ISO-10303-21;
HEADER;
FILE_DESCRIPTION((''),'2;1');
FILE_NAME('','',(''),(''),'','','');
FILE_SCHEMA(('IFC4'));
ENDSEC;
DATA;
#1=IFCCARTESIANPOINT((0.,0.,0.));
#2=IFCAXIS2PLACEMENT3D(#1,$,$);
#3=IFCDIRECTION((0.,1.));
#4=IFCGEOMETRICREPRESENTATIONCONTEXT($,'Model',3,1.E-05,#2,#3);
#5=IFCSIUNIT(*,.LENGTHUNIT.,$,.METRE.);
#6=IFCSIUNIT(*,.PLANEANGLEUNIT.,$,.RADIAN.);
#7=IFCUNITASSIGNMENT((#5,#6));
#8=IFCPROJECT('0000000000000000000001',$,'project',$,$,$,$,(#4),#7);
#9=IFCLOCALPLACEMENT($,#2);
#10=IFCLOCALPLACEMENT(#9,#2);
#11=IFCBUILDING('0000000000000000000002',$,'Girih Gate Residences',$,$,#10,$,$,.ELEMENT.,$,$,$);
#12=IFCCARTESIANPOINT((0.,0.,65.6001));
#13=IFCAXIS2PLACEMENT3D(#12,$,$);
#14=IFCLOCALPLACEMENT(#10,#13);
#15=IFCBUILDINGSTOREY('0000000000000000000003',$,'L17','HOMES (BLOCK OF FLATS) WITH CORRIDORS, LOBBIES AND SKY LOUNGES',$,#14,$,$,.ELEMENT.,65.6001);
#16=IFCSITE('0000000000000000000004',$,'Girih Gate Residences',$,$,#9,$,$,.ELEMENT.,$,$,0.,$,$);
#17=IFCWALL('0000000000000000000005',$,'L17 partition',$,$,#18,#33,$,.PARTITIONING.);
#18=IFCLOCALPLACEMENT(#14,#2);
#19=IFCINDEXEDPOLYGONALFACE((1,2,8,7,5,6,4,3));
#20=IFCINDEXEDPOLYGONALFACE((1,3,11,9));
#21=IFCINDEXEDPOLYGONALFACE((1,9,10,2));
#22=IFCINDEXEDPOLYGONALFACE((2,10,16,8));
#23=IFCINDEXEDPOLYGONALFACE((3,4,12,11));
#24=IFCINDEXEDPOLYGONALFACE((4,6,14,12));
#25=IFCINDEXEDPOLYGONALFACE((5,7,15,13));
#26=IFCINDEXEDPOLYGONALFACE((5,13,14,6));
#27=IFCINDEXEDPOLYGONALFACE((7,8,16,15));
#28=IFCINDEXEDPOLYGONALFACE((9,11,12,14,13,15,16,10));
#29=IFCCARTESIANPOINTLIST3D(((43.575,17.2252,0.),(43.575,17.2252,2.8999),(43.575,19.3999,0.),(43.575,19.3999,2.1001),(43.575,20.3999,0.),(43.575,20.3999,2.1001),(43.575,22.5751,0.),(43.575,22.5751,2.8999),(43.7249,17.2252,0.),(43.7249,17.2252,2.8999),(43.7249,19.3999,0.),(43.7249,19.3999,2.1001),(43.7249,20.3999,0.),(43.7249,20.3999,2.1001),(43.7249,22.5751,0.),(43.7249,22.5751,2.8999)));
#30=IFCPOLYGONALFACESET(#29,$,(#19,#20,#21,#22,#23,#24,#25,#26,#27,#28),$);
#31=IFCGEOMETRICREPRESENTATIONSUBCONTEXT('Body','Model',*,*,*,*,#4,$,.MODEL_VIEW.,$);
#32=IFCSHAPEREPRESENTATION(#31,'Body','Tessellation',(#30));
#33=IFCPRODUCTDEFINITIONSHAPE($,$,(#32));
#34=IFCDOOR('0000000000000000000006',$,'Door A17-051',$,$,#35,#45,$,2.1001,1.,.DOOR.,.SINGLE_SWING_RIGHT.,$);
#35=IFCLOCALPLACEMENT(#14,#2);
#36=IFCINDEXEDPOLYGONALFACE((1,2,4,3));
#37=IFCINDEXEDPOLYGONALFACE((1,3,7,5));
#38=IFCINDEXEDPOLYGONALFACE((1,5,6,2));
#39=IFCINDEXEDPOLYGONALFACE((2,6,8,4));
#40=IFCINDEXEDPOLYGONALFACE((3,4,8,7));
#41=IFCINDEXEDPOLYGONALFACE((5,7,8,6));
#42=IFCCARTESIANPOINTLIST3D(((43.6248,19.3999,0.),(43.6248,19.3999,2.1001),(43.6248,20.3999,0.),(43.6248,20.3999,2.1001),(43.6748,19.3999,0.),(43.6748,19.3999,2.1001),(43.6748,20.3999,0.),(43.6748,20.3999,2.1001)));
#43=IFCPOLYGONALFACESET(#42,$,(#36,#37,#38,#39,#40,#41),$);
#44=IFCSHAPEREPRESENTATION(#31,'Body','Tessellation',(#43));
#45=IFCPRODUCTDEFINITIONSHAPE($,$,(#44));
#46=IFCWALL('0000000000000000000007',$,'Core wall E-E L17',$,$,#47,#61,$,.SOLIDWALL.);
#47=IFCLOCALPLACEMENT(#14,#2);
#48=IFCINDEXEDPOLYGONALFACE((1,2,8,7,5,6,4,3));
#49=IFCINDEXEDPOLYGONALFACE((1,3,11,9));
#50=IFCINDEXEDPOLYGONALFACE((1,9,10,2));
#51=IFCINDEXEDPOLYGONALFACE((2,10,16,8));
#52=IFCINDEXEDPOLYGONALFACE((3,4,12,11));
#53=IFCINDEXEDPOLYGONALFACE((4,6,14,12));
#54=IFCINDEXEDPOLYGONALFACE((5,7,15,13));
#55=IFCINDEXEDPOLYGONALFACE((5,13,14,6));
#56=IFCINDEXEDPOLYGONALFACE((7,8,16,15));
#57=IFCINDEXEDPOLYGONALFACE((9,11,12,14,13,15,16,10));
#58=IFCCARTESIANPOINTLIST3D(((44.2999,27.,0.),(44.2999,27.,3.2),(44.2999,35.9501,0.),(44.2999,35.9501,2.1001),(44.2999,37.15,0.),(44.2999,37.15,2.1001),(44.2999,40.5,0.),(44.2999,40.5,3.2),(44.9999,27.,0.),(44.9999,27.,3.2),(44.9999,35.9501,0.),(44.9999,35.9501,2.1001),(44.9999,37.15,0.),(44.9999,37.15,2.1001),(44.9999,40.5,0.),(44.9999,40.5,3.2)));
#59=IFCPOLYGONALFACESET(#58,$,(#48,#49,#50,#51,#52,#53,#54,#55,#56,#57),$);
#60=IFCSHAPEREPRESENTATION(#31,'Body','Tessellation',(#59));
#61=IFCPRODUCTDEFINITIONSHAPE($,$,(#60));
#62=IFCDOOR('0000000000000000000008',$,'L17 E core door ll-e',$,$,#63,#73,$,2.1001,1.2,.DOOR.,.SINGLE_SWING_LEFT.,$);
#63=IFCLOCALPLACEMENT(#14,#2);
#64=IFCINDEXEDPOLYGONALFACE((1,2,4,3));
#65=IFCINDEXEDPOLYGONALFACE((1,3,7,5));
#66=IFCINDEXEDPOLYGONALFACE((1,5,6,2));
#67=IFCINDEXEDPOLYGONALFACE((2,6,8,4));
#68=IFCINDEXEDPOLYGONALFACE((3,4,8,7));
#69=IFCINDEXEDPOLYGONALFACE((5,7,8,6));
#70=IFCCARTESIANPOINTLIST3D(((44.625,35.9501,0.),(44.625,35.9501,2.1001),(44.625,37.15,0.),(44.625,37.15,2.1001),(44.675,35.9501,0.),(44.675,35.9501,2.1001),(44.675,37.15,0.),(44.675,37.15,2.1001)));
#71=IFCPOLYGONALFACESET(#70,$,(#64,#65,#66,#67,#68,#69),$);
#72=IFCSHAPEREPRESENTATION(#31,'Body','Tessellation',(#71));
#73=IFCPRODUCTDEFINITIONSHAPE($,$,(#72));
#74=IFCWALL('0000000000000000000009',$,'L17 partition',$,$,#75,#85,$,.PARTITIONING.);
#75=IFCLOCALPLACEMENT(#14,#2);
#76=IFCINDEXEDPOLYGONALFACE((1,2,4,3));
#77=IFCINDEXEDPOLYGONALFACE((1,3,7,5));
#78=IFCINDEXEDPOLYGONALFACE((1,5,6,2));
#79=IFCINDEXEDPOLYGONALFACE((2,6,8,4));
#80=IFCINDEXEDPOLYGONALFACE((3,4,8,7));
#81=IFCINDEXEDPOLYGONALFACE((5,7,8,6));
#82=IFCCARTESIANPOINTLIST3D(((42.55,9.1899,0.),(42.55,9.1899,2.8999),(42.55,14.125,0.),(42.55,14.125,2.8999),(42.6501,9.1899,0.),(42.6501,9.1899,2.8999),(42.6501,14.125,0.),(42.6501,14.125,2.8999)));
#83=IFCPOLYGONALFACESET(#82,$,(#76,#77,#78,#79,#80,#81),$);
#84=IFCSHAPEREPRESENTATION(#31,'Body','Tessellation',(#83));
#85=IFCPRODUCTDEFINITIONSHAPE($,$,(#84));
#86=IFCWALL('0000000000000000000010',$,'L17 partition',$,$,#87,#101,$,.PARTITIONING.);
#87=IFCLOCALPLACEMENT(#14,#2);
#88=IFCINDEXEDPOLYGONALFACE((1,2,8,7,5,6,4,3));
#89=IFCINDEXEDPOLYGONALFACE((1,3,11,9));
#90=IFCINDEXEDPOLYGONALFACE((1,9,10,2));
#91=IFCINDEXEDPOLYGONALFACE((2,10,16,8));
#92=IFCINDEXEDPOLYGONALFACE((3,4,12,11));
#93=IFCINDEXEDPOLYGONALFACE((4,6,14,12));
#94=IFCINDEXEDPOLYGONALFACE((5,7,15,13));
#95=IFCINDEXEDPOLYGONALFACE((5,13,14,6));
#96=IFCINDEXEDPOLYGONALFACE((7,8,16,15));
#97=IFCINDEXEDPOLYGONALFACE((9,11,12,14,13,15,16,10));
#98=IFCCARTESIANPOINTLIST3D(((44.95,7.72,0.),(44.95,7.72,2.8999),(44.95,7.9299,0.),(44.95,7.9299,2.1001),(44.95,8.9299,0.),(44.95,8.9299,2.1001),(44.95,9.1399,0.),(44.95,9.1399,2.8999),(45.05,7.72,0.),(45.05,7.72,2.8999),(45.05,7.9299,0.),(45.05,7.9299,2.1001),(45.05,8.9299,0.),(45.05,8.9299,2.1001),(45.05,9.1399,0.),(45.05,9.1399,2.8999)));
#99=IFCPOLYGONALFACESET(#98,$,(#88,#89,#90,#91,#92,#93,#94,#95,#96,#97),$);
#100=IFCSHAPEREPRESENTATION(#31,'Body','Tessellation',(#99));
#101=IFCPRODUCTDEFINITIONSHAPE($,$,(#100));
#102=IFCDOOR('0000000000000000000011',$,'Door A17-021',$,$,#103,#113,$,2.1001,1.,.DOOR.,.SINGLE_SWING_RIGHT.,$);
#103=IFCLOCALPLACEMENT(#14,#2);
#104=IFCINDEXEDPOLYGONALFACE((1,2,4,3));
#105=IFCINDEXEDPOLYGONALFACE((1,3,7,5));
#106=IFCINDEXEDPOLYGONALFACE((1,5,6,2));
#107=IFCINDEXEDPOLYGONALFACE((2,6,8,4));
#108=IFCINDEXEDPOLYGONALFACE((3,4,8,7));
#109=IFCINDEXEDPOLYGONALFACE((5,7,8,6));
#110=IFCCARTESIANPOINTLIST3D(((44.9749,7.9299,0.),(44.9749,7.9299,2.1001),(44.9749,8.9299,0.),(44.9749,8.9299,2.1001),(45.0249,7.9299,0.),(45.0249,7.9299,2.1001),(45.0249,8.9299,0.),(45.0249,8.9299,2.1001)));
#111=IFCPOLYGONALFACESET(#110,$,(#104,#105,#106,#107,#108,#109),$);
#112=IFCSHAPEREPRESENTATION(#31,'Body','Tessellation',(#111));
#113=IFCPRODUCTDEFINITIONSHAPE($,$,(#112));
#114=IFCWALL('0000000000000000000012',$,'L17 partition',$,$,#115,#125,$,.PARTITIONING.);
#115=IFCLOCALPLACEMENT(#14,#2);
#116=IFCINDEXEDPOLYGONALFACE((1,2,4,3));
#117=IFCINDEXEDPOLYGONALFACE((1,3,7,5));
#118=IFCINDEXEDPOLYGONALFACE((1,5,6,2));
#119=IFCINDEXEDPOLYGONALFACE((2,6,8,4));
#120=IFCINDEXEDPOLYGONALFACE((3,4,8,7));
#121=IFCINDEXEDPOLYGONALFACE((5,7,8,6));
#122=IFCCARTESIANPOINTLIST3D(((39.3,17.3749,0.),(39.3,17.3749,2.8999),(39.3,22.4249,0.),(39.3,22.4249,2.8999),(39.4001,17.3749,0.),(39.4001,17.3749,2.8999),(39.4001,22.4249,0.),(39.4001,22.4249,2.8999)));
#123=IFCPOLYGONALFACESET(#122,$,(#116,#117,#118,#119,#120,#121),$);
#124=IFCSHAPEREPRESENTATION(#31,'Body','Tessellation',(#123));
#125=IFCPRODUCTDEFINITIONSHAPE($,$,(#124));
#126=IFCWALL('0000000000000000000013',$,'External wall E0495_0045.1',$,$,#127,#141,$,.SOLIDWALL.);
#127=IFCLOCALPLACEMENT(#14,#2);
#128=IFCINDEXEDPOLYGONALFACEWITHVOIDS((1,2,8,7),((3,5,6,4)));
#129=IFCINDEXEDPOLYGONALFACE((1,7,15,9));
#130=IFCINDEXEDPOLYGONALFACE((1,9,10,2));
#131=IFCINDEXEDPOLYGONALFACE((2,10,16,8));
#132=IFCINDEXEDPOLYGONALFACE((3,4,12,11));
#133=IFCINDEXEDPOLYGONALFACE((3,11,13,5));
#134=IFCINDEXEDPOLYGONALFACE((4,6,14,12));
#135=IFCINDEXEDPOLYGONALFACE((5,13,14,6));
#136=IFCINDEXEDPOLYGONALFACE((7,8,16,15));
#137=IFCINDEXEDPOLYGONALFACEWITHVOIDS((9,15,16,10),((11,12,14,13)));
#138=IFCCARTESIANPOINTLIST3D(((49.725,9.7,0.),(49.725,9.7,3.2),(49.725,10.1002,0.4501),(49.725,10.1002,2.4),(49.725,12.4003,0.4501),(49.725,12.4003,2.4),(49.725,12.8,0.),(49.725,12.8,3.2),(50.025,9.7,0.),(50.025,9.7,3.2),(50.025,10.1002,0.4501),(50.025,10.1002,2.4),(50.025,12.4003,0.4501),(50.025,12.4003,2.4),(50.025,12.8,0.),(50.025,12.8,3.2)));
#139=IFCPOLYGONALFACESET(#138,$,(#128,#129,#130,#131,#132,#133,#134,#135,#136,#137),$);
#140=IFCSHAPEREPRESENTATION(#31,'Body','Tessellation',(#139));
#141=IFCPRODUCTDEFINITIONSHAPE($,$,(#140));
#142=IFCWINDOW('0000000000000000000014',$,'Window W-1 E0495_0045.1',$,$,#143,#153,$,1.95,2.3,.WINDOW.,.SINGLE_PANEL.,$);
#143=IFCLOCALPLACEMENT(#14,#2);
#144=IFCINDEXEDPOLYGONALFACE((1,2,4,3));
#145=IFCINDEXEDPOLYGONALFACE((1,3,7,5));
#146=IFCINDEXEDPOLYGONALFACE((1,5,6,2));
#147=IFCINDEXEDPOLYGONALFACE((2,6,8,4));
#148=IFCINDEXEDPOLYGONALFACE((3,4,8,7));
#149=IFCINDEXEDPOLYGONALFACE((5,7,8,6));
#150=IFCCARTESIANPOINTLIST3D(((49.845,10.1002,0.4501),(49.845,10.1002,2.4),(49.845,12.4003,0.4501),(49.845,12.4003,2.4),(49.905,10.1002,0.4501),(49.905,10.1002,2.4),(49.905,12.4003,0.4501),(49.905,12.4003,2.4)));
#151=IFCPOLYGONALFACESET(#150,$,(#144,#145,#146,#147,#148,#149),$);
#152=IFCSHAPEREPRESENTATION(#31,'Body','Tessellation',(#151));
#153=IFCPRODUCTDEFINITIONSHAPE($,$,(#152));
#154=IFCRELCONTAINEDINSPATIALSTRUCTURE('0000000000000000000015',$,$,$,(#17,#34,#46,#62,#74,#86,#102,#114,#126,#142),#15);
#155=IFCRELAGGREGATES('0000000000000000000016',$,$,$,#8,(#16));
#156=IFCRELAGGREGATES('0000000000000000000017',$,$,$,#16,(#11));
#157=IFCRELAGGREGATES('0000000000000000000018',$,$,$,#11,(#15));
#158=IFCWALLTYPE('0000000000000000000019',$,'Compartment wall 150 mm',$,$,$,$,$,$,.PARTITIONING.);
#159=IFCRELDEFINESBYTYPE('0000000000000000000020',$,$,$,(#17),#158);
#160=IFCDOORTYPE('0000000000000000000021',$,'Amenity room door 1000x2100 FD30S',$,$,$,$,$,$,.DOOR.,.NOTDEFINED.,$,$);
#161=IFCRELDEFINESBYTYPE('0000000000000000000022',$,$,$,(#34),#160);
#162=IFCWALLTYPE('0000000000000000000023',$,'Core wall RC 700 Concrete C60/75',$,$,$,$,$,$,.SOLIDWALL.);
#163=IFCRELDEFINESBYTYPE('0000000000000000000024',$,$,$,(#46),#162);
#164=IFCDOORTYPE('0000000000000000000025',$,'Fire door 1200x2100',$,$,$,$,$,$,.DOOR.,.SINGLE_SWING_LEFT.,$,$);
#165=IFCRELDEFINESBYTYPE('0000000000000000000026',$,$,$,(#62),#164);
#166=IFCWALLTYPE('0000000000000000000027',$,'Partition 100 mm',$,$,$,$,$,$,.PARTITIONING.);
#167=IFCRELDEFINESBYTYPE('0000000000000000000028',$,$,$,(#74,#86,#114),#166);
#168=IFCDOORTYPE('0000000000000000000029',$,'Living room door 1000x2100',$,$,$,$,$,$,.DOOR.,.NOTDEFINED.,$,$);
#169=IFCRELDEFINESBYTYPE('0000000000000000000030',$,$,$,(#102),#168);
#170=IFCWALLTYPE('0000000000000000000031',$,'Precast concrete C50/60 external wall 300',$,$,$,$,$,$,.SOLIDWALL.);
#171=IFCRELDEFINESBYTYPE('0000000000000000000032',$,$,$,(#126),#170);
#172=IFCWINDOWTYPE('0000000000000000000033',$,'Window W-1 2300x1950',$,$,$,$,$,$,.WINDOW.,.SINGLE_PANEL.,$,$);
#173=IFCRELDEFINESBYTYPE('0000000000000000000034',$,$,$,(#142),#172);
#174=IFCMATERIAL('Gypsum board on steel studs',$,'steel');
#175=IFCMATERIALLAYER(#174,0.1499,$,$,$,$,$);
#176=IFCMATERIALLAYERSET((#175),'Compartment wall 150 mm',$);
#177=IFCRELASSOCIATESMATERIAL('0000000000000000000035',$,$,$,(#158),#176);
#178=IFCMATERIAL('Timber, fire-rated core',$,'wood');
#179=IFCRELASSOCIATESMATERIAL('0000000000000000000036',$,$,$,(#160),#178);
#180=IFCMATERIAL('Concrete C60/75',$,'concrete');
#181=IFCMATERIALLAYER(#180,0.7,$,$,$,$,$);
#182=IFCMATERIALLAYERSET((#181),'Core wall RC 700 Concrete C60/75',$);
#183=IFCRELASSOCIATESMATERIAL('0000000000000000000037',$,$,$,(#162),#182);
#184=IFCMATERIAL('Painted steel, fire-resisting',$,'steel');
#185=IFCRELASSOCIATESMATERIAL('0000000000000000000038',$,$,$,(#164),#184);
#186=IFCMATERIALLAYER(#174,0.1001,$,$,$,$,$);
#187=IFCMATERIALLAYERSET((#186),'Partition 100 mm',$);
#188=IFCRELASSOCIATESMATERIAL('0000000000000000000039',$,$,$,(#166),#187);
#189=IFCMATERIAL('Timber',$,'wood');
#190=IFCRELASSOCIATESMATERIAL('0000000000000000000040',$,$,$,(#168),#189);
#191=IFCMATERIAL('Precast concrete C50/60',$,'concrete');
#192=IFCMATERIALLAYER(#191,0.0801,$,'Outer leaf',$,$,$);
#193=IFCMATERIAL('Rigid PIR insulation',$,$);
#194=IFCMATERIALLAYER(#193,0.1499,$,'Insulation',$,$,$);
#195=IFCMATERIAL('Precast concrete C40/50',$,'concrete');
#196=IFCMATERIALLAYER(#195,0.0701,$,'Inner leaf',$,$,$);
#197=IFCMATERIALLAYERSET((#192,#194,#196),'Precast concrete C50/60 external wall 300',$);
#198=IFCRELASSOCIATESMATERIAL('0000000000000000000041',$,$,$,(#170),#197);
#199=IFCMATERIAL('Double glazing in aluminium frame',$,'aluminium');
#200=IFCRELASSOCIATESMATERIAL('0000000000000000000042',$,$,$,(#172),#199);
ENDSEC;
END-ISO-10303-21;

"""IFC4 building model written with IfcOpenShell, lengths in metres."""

from ifc_helpers import new_model, si_unit, direction, frame, frame_2d, origin, place, context, subcontext, project, spatial, rectangle, extrude, material, layer, layer_set, type_object, element, fill, save


model = new_model("IFC4")

# Units and contexts
model_context = context("Model", 3, precision=1e-05, world=origin(), true_north=direction((0.0, 1.0)))
body_context = subcontext(model_context, "Body", "Model", "MODEL_VIEW")
ifc_project = project(units=[si_unit("LENGTHUNIT", "METRE"), si_unit("PLANEANGLEUNIT", "RADIAN")], contexts=[model_context])

# Site, building, storey
site_placement = place(None, origin())
site = spatial("IfcSite", under=ifc_project, at=site_placement, Name="Girih Gate Residences", CompositionType="ELEMENT", RefElevation=0.0)
building_placement = place(site_placement, origin())
building = spatial("IfcBuilding", under=site, at=building_placement, Name="Girih Gate Residences", CompositionType="ELEMENT")
storey_placement = place(building_placement, frame((0.0, 0.0, 65.6001)))
storey = spatial("IfcBuildingStorey", under=building, at=storey_placement, Name="L17", Description="HOMES (BLOCK OF FLATS) WITH CORRIDORS, LOBBIES AND SKY LOUNGES", CompositionType="ELEMENT", Elevation=65.6001)

# Shared definitions
ifc_material_1 = material(Name="Concrete C60/75", Category="concrete")

# Shared definitions
ifc_material_2 = material(Name="Gypsum board on steel studs", Category="steel")
ifc_layer_1 = layer(ifc_material_2, 0.1499)
ifc_layer_set_1 = layer_set([ifc_layer_1], Name="Compartment wall 150 mm")
wall_type_1 = type_object("IfcWallType", Name="Compartment wall 150 mm", PredefinedType="PARTITIONING", material=ifc_layer_set_1)
ifc_material_3 = material(Name="Timber, fire-rated core", Category="wood")

# Walls, openings, doors
wall_1_placement = place(storey_placement, frame((43.6499, 22.575, 0.0), z_axis=(0.0, 0.0, 1.0), x_axis=(0.0, -1.0, 0.0)))
wall_1 = element("IfcWall", 1, at=wall_1_placement, inside=storey, type_object=wall_type_1, Name="L17 partition", PredefinedType="PARTITIONING", context=body_context, shape_type="SweptSolid", body=[
    extrude(rectangle(XDim=5.3499, YDim=0.1499, at=frame_2d((2.6748, 0.0))), origin(), (0.0, 0.0, 1.0), 2.8999),
])
opening_1_placement = place(wall_1_placement, frame((2.175, 0.0, 0.0)))
opening_1 = element("IfcOpeningElement", 2, at=opening_1_placement, cuts=wall_1, PredefinedType="OPENING", context=body_context, shape_type="SweptSolid", body=[
    extrude(rectangle(XDim=1.0, YDim=2.1001, at=frame_2d((0.5, 1.05))), frame((0.0, 0.085, 0.0), z_axis=(0.0, -1.0, 0.0), x_axis=(1.0, 0.0, 0.0)), (0.0, 0.0, 1.0), 0.1699),
])
door_type_1 = type_object("IfcDoorType", Name="Amenity room door 1000x2100 FD30S", OperationType="NOTDEFINED", PredefinedType="DOOR", material=ifc_material_3)
door_1_placement = place(opening_1_placement, origin())
door_1 = element("IfcDoor", 3, at=door_1_placement, inside=storey, type_object=door_type_1, Name="Door A17-051", OperationType="SINGLE_SWING_RIGHT", OverallHeight=2.1001, OverallWidth=1.0, PredefinedType="DOOR", context=body_context, shape_type="SweptSolid", body=[
    extrude(rectangle(XDim=1.0, YDim=2.1001, at=frame_2d((0.5, 1.05))), frame((0.0, 0.0249, 0.0), z_axis=(0.0, -1.0, 0.0), x_axis=(1.0, 0.0, 0.0)), (0.0, 0.0, 1.0), 0.05),
])
fill(opening_1, door_1)
ifc_layer_2 = layer(ifc_material_1, 0.7)
ifc_layer_set_2 = layer_set([ifc_layer_2], Name="Core wall RC 700 Concrete C60/75")
wall_type_2 = type_object("IfcWallType", Name="Core wall RC 700 Concrete C60/75", PredefinedType="SOLIDWALL", material=ifc_layer_set_2)
wall_2_placement = place(storey_placement, frame((44.6499, 27.0, 0.0), z_axis=(0.0, 0.0, 1.0), x_axis=(0.0, 1.0, 0.0)))
wall_2 = element("IfcWall", 4, at=wall_2_placement, inside=storey, type_object=wall_type_2, Name="Core wall E-E L17", PredefinedType="SOLIDWALL", context=body_context, shape_type="SweptSolid", body=[
    extrude(rectangle(XDim=13.5, YDim=0.7, at=frame_2d((6.75, 0.0))), origin(), (0.0, 0.0, 1.0), 3.2),
])
opening_2_placement = place(wall_2_placement, frame((8.95, 0.0, 0.0)))
opening_2 = element("IfcOpeningElement", 5, at=opening_2_placement, cuts=wall_2, PredefinedType="OPENING", context=body_context, shape_type="SweptSolid", body=[
    extrude(rectangle(XDim=1.2, YDim=2.1001, at=frame_2d((0.6001, 1.05))), frame((0.0, 0.3599, 0.0), z_axis=(0.0, -1.0, 0.0), x_axis=(1.0, 0.0, 0.0)), (0.0, 0.0, 1.0), 0.72),
])
ifc_material_4 = material(Name="Painted steel, fire-resisting", Category="steel")
door_type_2 = type_object("IfcDoorType", Name="Fire door 1200x2100", OperationType="SINGLE_SWING_LEFT", PredefinedType="DOOR", material=ifc_material_4)
door_2_placement = place(opening_2_placement, origin())
door_2 = element("IfcDoor", 6, at=door_2_placement, inside=storey, type_object=door_type_2, Name="L17 E core door ll-e", OperationType="SINGLE_SWING_LEFT", OverallHeight=2.1001, OverallWidth=1.2, PredefinedType="DOOR", context=body_context, shape_type="SweptSolid", body=[
    extrude(rectangle(XDim=1.2, YDim=2.1001, at=frame_2d((0.6001, 1.05))), frame((0.0, 0.0249, 0.0), z_axis=(0.0, -1.0, 0.0), x_axis=(1.0, 0.0, 0.0)), (0.0, 0.0, 1.0), 0.05),
])
fill(opening_2, door_2)

# Wall
ifc_layer_3 = layer(ifc_material_2, 0.1001)
ifc_layer_set_3 = layer_set([ifc_layer_3], Name="Partition 100 mm")
wall_type_3 = type_object("IfcWallType", Name="Partition 100 mm", PredefinedType="PARTITIONING", material=ifc_layer_set_3)
wall_3_placement = place(storey_placement, frame((42.6001, 9.1899, 0.0), z_axis=(0.0, 0.0, 1.0), x_axis=(0.0, 1.0, 0.0)))
element("IfcWall", 7, at=wall_3_placement, inside=storey, type_object=wall_type_3, Name="L17 partition", PredefinedType="PARTITIONING", context=body_context, shape_type="SweptSolid", body=[
    extrude(rectangle(XDim=4.9351, YDim=0.1001, at=frame_2d((2.4675, 0.0))), origin(), (0.0, 0.0, 1.0), 2.8999),
])

# Wall, opening, door
wall_4_placement = place(storey_placement, frame((45.0, 9.1399, 0.0), z_axis=(0.0, 0.0, 1.0), x_axis=(0.0, -1.0, 0.0)))
wall_4 = element("IfcWall", 8, at=wall_4_placement, inside=storey, type_object=wall_type_3, Name="L17 partition", PredefinedType="PARTITIONING", context=body_context, shape_type="SweptSolid", body=[
    extrude(rectangle(XDim=1.4199, YDim=0.1001, at=frame_2d((0.71, 0.0))), origin(), (0.0, 0.0, 1.0), 2.8999),
])
opening_3_placement = place(wall_4_placement, frame((0.21, 0.0, 0.0)))
opening_3 = element("IfcOpeningElement", 9, at=opening_3_placement, cuts=wall_4, PredefinedType="OPENING", context=body_context, shape_type="SweptSolid", body=[
    extrude(rectangle(XDim=1.0, YDim=2.1001, at=frame_2d((0.5, 1.05))), frame((0.0, 0.0601, 0.0), z_axis=(0.0, -1.0, 0.0), x_axis=(1.0, 0.0, 0.0)), (0.0, 0.0, 1.0), 0.1201),
])
ifc_material_5 = material(Name="Timber", Category="wood")
door_type_3 = type_object("IfcDoorType", Name="Living room door 1000x2100", OperationType="NOTDEFINED", PredefinedType="DOOR", material=ifc_material_5)
door_3_placement = place(opening_3_placement, origin())
door_3 = element("IfcDoor", 10, at=door_3_placement, inside=storey, type_object=door_type_3, Name="Door A17-021", OperationType="SINGLE_SWING_RIGHT", OverallHeight=2.1001, OverallWidth=1.0, PredefinedType="DOOR", context=body_context, shape_type="SweptSolid", body=[
    extrude(rectangle(XDim=1.0, YDim=2.1001, at=frame_2d((0.5, 1.05))), frame((0.0, 0.0249, 0.0), z_axis=(0.0, -1.0, 0.0), x_axis=(1.0, 0.0, 0.0)), (0.0, 0.0, 1.0), 0.05),
])
fill(opening_3, door_3)

# Wall
wall_5_placement = place(storey_placement, frame((39.3501, 17.375, 0.0), z_axis=(0.0, 0.0, 1.0), x_axis=(0.0, 1.0, 0.0)))
element("IfcWall", 11, at=wall_5_placement, inside=storey, type_object=wall_type_3, Name="L17 partition", PredefinedType="PARTITIONING", context=body_context, shape_type="SweptSolid", body=[
    extrude(rectangle(XDim=5.05, YDim=0.1001, at=frame_2d((2.5249, 0.0))), origin(), (0.0, 0.0, 1.0), 2.8999),
])

# Wall, opening, window
ifc_material_6 = material(Name="Precast concrete C50/60", Category="concrete")
ifc_layer_4 = layer(ifc_material_6, 0.0801, Name="Outer leaf")
ifc_material_7 = material(Name="Rigid PIR insulation")
ifc_layer_5 = layer(ifc_material_7, 0.1499, Name="Insulation")
ifc_material_8 = material(Name="Precast concrete C40/50", Category="concrete")
ifc_layer_6 = layer(ifc_material_8, 0.0701, Name="Inner leaf")
ifc_layer_set_4 = layer_set([ifc_layer_4, ifc_layer_5, ifc_layer_6], Name="Precast concrete C50/60 external wall 300")
wall_type_4 = type_object("IfcWallType", Name="Precast concrete C50/60 external wall 300", PredefinedType="SOLIDWALL", material=ifc_layer_set_4)
wall_6_placement = place(storey_placement, frame((49.875, 12.8, 0.0), z_axis=(0.0, 0.0, 1.0), x_axis=(0.0, -1.0, 0.0)))
wall_6 = element("IfcWall", 12, at=wall_6_placement, inside=storey, type_object=wall_type_4, Name="External wall E0495_0045.1", PredefinedType="SOLIDWALL", context=body_context, shape_type="SweptSolid", body=[
    extrude(rectangle(XDim=3.1001, YDim=0.3, at=frame_2d((1.55, 0.0))), origin(), (0.0, 0.0, 1.0), 3.2),
])
opening_4_placement = place(wall_6_placement, frame((0.3999, 0.0, 0.45)))
opening_4 = element("IfcOpeningElement", 13, at=opening_4_placement, cuts=wall_6, PredefinedType="OPENING", context=body_context, shape_type="SweptSolid", body=[
    extrude(rectangle(XDim=2.3, YDim=1.95, at=frame_2d((1.1499, 0.9751))), frame((0.0, 0.1599, 0.0), z_axis=(0.0, -1.0, 0.0), x_axis=(1.0, 0.0, 0.0)), (0.0, 0.0, 1.0), 0.3201),
])
ifc_material_9 = material(Name="Double glazing in aluminium frame", Category="aluminium")
window_type = type_object("IfcWindowType", Name="Window W-1 2300x1950", PartitioningType="SINGLE_PANEL", PredefinedType="WINDOW", material=ifc_material_9)
window_1_placement = place(opening_4_placement, origin())
window_1 = element("IfcWindow", 14, at=window_1_placement, inside=storey, type_object=window_type, Name="Window W-1 E0495_0045.1", OverallHeight=1.95, OverallWidth=2.3, PartitioningType="SINGLE_PANEL", PredefinedType="WINDOW", context=body_context, shape_type="SweptSolid", body=[
    extrude(rectangle(XDim=2.3, YDim=1.95, at=frame_2d((1.1499, 0.9751))), frame((0.0, 0.03, 0.0), z_axis=(0.0, -1.0, 0.0), x_axis=(1.0, 0.0, 0.0)), (0.0, 0.0, 1.0), 0.0601),
])
fill(opening_4, window_1)

save(model, "model.ifc")
